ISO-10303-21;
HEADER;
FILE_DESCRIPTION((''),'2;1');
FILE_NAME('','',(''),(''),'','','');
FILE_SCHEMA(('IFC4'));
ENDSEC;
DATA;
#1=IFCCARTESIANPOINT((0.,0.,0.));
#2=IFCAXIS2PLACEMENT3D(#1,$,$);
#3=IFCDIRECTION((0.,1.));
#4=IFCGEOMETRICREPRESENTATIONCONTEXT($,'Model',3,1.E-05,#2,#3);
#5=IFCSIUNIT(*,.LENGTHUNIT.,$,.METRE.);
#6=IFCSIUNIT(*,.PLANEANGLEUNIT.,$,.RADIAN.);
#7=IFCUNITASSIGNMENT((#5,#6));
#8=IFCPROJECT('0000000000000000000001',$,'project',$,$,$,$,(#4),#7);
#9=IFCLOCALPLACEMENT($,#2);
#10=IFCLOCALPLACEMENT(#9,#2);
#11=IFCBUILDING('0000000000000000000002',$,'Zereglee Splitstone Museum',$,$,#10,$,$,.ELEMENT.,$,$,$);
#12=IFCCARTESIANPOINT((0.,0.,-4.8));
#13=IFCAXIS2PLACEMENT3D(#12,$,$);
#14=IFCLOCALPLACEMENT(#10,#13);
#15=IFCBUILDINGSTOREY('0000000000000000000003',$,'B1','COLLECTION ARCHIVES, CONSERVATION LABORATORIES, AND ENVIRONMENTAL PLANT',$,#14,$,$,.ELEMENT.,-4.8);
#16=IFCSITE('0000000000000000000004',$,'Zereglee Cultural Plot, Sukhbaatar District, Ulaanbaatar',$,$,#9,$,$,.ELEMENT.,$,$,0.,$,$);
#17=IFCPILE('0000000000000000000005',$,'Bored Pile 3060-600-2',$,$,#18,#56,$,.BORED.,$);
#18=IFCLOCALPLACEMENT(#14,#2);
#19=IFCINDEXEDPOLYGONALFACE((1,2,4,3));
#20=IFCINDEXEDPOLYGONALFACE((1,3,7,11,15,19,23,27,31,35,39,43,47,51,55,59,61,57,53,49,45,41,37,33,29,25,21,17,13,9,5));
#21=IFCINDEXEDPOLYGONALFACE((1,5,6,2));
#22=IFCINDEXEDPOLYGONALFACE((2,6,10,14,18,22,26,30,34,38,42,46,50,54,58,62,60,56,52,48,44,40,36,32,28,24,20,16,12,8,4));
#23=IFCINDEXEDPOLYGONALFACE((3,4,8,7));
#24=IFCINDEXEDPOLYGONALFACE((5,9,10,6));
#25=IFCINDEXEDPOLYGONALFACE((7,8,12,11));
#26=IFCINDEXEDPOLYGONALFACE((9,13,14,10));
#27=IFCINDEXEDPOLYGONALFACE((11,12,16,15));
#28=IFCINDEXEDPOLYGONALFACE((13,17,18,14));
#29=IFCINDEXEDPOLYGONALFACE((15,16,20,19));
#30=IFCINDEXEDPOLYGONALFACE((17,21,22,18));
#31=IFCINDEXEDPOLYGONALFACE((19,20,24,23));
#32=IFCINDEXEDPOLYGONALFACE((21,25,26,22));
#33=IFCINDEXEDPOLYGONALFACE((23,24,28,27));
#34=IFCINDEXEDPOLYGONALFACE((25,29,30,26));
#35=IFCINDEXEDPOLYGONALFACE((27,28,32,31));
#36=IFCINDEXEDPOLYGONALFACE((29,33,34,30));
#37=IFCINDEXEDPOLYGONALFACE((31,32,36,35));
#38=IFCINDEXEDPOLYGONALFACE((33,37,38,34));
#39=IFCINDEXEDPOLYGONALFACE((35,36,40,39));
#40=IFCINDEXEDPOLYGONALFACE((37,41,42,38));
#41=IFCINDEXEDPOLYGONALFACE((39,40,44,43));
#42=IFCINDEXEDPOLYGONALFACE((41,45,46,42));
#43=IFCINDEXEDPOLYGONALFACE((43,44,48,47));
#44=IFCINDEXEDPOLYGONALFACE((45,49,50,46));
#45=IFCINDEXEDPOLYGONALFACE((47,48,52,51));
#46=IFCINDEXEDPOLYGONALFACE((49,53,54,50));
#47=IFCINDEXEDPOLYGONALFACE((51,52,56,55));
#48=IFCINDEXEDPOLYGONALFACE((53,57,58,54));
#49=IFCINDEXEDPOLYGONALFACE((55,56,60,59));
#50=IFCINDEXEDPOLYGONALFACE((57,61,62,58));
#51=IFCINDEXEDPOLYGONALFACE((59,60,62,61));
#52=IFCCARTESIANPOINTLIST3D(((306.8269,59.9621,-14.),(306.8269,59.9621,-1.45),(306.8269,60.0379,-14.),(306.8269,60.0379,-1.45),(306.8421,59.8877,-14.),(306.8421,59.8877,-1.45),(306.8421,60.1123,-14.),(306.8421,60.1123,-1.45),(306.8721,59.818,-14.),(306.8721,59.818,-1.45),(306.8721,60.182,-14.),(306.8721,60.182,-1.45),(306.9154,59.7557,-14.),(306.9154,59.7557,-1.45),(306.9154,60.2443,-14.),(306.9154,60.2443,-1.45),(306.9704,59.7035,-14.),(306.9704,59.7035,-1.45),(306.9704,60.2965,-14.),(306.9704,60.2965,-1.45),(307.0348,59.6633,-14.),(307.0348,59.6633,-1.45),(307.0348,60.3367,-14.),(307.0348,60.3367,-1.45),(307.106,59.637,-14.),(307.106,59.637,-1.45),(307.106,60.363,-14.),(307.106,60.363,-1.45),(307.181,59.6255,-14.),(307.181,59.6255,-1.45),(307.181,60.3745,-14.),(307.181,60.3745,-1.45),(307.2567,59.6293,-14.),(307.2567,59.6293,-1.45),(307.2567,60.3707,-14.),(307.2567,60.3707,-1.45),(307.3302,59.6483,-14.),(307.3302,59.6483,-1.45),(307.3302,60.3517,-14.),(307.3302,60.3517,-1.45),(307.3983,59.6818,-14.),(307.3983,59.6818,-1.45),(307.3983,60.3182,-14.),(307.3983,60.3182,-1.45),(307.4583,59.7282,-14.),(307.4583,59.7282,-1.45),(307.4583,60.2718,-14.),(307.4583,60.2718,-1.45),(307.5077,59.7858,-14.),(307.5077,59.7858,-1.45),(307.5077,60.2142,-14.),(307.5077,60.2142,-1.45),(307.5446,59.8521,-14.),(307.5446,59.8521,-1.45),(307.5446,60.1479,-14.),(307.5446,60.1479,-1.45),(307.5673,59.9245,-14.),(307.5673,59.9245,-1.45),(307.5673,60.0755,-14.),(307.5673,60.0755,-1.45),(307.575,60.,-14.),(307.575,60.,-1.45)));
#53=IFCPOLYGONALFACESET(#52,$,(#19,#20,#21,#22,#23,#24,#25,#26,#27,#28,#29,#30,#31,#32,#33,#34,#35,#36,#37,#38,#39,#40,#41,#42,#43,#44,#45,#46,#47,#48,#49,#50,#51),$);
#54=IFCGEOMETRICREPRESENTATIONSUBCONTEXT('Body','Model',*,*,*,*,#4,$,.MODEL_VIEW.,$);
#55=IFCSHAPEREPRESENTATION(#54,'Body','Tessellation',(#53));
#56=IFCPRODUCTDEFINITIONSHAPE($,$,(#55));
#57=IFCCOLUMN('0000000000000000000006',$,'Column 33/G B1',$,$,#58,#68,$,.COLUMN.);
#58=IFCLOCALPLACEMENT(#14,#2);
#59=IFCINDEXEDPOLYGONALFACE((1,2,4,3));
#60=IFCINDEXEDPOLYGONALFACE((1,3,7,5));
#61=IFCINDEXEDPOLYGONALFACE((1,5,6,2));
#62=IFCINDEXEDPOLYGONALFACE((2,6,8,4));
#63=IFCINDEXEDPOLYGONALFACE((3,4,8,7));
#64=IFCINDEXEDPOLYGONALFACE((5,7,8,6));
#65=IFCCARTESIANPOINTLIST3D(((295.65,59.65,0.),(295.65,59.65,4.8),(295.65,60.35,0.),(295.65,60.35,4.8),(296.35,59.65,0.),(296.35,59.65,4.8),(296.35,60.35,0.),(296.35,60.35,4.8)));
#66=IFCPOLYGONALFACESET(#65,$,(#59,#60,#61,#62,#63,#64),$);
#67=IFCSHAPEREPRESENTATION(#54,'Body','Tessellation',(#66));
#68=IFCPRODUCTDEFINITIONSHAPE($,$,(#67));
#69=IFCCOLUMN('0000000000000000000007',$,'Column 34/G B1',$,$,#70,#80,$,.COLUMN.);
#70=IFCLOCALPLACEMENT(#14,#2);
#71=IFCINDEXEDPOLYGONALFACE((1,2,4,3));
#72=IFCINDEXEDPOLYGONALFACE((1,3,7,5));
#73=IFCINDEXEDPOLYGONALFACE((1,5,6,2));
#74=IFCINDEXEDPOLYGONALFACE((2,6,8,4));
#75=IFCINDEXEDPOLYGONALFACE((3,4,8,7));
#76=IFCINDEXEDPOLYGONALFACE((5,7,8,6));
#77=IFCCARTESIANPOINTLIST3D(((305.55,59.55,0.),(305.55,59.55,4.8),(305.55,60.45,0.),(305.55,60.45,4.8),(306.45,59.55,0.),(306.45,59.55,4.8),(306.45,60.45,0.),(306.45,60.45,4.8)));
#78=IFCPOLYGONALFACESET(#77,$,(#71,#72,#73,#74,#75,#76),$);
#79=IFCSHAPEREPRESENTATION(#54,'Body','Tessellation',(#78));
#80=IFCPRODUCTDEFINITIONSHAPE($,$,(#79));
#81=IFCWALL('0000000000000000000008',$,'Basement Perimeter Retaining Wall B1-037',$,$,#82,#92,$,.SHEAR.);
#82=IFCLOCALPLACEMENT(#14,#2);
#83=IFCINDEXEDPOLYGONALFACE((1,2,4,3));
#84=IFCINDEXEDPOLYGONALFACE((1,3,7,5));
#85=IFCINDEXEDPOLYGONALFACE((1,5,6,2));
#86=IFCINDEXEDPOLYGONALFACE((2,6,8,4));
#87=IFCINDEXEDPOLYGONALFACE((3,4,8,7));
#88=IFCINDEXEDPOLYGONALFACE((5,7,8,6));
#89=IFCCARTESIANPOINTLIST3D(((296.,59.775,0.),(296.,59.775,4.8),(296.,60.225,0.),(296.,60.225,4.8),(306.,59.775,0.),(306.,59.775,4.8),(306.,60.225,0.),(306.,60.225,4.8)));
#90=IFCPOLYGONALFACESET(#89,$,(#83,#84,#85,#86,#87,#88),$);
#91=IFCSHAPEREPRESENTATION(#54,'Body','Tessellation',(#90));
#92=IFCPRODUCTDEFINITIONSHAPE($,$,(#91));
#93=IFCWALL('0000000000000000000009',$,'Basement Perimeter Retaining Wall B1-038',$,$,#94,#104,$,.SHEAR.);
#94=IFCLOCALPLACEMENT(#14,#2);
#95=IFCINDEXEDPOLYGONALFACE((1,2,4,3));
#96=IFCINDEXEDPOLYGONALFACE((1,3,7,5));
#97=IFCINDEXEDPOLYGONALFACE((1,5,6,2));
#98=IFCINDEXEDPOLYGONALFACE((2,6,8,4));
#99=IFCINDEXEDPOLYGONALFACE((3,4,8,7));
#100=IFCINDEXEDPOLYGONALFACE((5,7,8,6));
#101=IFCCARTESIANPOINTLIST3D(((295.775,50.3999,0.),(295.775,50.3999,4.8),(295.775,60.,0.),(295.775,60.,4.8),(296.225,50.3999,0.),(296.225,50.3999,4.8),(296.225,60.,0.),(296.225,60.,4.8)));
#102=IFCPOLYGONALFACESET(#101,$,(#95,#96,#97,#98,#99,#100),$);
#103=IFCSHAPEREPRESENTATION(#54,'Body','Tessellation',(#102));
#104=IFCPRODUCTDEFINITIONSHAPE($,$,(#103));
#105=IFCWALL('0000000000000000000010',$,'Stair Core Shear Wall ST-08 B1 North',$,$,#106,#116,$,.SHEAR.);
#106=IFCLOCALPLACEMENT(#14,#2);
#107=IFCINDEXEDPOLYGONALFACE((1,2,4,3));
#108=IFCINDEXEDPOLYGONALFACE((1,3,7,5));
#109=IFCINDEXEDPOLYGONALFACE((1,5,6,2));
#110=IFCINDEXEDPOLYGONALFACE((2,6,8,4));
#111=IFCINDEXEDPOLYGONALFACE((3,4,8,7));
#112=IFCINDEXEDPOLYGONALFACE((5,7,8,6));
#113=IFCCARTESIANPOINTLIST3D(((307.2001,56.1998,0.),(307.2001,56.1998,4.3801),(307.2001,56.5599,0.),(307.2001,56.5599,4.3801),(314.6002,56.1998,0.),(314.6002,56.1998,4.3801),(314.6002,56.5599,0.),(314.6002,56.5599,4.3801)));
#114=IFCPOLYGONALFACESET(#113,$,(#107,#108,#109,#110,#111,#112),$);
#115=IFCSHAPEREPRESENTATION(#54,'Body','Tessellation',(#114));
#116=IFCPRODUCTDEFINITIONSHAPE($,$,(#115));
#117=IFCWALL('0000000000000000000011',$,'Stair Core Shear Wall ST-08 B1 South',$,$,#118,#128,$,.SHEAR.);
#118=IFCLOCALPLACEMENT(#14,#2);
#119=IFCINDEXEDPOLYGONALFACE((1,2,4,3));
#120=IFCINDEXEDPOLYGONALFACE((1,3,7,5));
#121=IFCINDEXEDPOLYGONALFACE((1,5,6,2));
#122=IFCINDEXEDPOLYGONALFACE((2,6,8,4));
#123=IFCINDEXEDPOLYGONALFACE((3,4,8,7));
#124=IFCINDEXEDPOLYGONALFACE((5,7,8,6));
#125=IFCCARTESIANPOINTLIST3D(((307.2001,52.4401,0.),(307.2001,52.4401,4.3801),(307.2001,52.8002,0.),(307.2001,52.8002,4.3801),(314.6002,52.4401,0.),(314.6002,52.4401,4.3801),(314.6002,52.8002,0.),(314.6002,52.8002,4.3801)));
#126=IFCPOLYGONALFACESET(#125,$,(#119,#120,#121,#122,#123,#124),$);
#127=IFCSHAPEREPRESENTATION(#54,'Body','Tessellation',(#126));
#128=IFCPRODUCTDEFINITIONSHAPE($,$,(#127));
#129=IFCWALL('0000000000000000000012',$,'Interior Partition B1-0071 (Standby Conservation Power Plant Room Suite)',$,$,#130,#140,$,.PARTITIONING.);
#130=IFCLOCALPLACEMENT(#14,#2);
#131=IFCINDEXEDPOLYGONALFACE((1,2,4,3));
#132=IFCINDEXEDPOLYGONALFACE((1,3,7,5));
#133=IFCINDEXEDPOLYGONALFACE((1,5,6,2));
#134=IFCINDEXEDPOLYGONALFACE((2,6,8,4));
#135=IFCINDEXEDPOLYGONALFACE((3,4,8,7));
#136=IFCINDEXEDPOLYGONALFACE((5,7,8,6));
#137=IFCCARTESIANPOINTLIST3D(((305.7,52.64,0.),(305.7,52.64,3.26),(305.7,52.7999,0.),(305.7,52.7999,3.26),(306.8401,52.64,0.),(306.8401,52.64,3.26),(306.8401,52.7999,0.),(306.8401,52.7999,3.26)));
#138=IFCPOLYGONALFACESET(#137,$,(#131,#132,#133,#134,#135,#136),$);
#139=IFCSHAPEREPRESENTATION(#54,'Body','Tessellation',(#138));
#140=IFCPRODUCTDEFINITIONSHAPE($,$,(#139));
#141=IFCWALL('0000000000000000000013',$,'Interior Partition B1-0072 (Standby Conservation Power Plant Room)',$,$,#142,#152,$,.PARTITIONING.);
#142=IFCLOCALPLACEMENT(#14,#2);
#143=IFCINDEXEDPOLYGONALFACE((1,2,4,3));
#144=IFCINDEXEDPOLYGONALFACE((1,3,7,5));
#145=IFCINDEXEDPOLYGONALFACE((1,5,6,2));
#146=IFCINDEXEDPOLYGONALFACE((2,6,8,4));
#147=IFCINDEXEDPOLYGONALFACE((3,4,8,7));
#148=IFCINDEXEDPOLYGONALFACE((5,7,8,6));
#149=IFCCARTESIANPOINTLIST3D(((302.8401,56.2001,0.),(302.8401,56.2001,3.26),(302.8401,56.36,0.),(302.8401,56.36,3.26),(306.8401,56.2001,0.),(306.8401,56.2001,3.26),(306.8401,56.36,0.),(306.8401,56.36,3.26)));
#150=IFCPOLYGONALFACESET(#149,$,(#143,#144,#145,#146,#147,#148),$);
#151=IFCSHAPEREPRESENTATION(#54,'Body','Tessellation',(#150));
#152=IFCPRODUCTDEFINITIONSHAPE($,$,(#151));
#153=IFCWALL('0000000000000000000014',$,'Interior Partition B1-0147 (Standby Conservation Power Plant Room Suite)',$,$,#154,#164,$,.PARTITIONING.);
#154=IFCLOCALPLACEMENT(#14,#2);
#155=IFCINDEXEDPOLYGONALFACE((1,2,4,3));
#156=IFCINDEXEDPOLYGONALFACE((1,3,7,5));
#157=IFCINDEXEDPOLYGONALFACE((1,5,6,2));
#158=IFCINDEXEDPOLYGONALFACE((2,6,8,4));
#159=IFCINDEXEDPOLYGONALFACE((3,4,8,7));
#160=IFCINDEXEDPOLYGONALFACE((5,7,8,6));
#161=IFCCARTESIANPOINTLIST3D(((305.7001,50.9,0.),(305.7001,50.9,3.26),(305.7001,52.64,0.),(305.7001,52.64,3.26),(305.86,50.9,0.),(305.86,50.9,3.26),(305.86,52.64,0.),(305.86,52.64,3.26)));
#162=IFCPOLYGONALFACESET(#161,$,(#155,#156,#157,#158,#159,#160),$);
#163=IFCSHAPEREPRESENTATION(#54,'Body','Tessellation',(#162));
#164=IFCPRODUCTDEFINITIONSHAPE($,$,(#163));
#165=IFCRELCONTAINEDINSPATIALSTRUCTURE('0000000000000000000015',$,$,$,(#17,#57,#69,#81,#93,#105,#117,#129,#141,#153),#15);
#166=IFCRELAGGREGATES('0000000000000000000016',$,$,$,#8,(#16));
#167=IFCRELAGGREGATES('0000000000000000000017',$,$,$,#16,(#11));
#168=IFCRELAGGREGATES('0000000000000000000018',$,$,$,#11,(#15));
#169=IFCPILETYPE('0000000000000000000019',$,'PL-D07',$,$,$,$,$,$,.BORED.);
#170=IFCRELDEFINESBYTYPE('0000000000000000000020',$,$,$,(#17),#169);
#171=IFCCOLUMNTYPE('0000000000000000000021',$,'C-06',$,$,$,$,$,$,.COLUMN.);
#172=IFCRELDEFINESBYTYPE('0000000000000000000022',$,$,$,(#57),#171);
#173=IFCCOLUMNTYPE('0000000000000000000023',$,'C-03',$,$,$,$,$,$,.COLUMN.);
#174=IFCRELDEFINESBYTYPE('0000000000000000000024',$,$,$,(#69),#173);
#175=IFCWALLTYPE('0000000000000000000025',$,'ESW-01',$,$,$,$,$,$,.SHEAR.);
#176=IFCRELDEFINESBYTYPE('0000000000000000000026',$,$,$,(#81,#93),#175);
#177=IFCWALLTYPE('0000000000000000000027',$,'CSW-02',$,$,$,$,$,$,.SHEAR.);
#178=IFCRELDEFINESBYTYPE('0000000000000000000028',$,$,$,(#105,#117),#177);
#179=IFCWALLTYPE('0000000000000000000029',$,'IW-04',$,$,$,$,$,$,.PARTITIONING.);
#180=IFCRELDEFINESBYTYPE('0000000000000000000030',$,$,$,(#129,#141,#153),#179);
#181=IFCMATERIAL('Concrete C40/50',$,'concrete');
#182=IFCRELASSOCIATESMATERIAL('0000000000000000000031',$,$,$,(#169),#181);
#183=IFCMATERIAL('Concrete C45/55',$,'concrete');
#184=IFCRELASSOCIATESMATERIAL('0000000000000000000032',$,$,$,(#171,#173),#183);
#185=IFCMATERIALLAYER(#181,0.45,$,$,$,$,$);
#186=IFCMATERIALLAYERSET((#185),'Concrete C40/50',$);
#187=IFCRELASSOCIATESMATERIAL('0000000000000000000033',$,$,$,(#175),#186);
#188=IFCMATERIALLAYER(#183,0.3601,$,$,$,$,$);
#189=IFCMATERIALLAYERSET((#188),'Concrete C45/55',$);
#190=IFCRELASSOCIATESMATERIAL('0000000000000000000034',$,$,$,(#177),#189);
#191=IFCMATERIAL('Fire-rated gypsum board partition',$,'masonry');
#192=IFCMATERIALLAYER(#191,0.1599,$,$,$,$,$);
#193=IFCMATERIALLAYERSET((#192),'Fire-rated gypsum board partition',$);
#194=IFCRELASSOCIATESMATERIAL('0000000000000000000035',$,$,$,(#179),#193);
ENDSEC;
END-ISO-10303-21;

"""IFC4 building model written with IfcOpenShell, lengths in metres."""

from ifc_helpers import new_model, si_unit, direction, frame, frame_2d, origin, origin_2d, place, context, subcontext, project, spatial, rectangle, circle, extrude, material, layer, layer_set, material_profile, profile_set, type_object, element, save


model = new_model("IFC4")

# Units and contexts
model_context = context("Model", 3, precision=1e-05, world=origin(), true_north=direction((0.0, 1.0)))
body_context = subcontext(model_context, "Body", "Model", "MODEL_VIEW")
ifc_project = project(units=[si_unit("LENGTHUNIT", "METRE"), si_unit("PLANEANGLEUNIT", "RADIAN")], contexts=[model_context])

# Site, building, storey
site_placement = place(None, origin())
site = spatial("IfcSite", under=ifc_project, at=site_placement, Name="Zereglee Cultural Plot, Sukhbaatar District, Ulaanbaatar", CompositionType="ELEMENT", RefElevation=0.0)
building_placement = place(site_placement, origin())
building = spatial("IfcBuilding", under=site, at=building_placement, Name="Zereglee Splitstone Museum", CompositionType="ELEMENT")
storey_placement = place(building_placement, frame((0.0, 0.0, -4.8)))
storey = spatial("IfcBuildingStorey", under=building, at=storey_placement, Name="B1", Description="COLLECTION ARCHIVES, CONSERVATION LABORATORIES, AND ENVIRONMENTAL PLANT", CompositionType="ELEMENT", Elevation=-4.8)

# Shared definitions
ifc_material_1 = material(Name="Concrete C40/50", Category="concrete")

# Pile
ifc_material_profile_1 = material_profile(ifc_material_1, circle(Radius=0.375, at=origin_2d()), Name="PILE D750")
ifc_profile_set_1 = profile_set([ifc_material_profile_1], Name="Concrete C40/50")
pile_type = type_object("IfcPileType", Name="PL-D07", PredefinedType="BORED", material=ifc_profile_set_1)
for number, where, z_axis, x_axis, name in (
    (1, (307.2, 60.0, -1.45), (0.0, 0.0, -1.0), (1.0, 0.0, 0.0), "Bored Pile 3060-600-2"),
):
    element("IfcPile", number, at=place(storey_placement, frame(where, z_axis=z_axis, x_axis=x_axis)), inside=storey, type_object=pile_type, Name=name, PredefinedType="BORED", context=body_context, shape_type="SweptSolid", body=[
        extrude(circle(Radius=0.375, at=origin_2d()), origin(), (0.0, 0.0, 1.0), 12.55),
    ])

# Columns
ifc_material_2 = material(Name="Concrete C45/55", Category="concrete")
ifc_material_profile_2 = material_profile(ifc_material_2, rectangle(XDim=0.7, YDim=0.7, at=origin_2d()), Name="RC 700x700")
ifc_profile_set_2 = profile_set([ifc_material_profile_2], Name="Concrete C45/55")
column_type_1 = type_object("IfcColumnType", Name="C-06", PredefinedType="COLUMN", material=ifc_profile_set_2)
column_1_placement = place(storey_placement, frame((296.0, 60.0, 0.0), z_axis=(0.0, 0.0, 1.0), x_axis=(1.0, 0.0, 0.0)))
element("IfcColumn", 2, at=column_1_placement, inside=storey, type_object=column_type_1, Name="Column 33/G B1", PredefinedType="COLUMN", context=body_context, shape_type="SweptSolid", body=[
    extrude(rectangle(XDim=0.7, YDim=0.7, at=origin_2d()), origin(), (0.0, 0.0, 1.0), 4.8),
])
ifc_material_profile_3 = material_profile(ifc_material_2, rectangle(XDim=0.8999, YDim=0.8999, at=origin_2d()), Name="RC 900x900")
ifc_profile_set_3 = profile_set([ifc_material_profile_3], Name="Concrete C45/55")
column_type_2 = type_object("IfcColumnType", Name="C-03", PredefinedType="COLUMN", material=ifc_profile_set_3)
column_2_placement = place(storey_placement, frame((306.0, 60.0, 0.0), z_axis=(0.0, 0.0, 1.0), x_axis=(1.0, 0.0, 0.0)))
element("IfcColumn", 3, at=column_2_placement, inside=storey, type_object=column_type_2, Name="Column 34/G B1", PredefinedType="COLUMN", context=body_context, shape_type="SweptSolid", body=[
    extrude(rectangle(XDim=0.8999, YDim=0.8999, at=origin_2d()), origin(), (0.0, 0.0, 1.0), 4.8),
])

# Walls
ifc_layer_1 = layer(ifc_material_1, 0.45)
ifc_layer_set_1 = layer_set([ifc_layer_1], Name="Concrete C40/50")
wall_type_1 = type_object("IfcWallType", Name="ESW-01", PredefinedType="SHEAR", material=ifc_layer_set_1)
wall_1_placement = place(storey_placement, frame((306.0, 60.0, 0.0), z_axis=(0.0, 0.0, 1.0), x_axis=(-1.0, 0.0, 0.0)))
element("IfcWall", 4, at=wall_1_placement, inside=storey, type_object=wall_type_1, Name="Basement Perimeter Retaining Wall B1-037", PredefinedType="SHEAR", context=body_context, shape_type="SweptSolid", body=[
    extrude(rectangle(XDim=10.0, YDim=0.45, at=frame_2d((5.0, 0.0))), origin(), (0.0, 0.0, 1.0), 4.8),
])
wall_2_placement = place(storey_placement, frame((296.0, 60.0, 0.0), z_axis=(0.0, 0.0, 1.0), x_axis=(0.0, -1.0, 0.0)))
element("IfcWall", 5, at=wall_2_placement, inside=storey, type_object=wall_type_1, Name="Basement Perimeter Retaining Wall B1-038", PredefinedType="SHEAR", context=body_context, shape_type="SweptSolid", body=[
    extrude(rectangle(XDim=9.6001, YDim=0.45, at=frame_2d((4.8, 0.0))), origin(), (0.0, 0.0, 1.0), 4.8),
])

# Shared definitions
ifc_layer_2 = layer(ifc_material_2, 0.3601)
ifc_layer_set_2 = layer_set([ifc_layer_2], Name="Concrete C45/55")
wall_type_2 = type_object("IfcWallType", Name="CSW-02", PredefinedType="SHEAR", material=ifc_layer_set_2)

# Walls
for number, where, z_axis, x_axis, name in (
    (6, (307.2, 56.3799, 0.0), (0.0, 0.0, 1.0), (1.0, 0.0, 0.0), "Stair Core Shear Wall ST-08 B1 North"),
    (7, (307.2, 52.6201, 0.0), (0.0, 0.0, 1.0), (1.0, 0.0, 0.0), "Stair Core Shear Wall ST-08 B1 South"),
):
    element("IfcWall", number, at=place(storey_placement, frame(where, z_axis=z_axis, x_axis=x_axis)), inside=storey, type_object=wall_type_2, Name=name, PredefinedType="SHEAR", context=body_context, shape_type="SweptSolid", body=[
        extrude(rectangle(XDim=7.4001, YDim=0.3601, at=frame_2d((3.7002, 0.0))), origin(), (0.0, 0.0, 1.0), 4.3801),
    ])
ifc_material_3 = material(Name="Fire-rated gypsum board partition", Category="masonry")
ifc_layer_3 = layer(ifc_material_3, 0.1599)
ifc_layer_set_3 = layer_set([ifc_layer_3], Name="Fire-rated gypsum board partition")
wall_type_3 = type_object("IfcWallType", Name="IW-04", PredefinedType="PARTITIONING", material=ifc_layer_set_3)
wall_3_placement = place(storey_placement, frame((305.7, 52.72, 0.0), z_axis=(0.0, 0.0, 1.0), x_axis=(1.0, 0.0, 0.0)))
element("IfcWall", 8, at=wall_3_placement, inside=storey, type_object=wall_type_3, Name="Interior Partition B1-0071 (Standby Conservation Power Plant Room Suite)", PredefinedType="PARTITIONING", context=body_context, shape_type="SweptSolid", body=[
    extrude(rectangle(XDim=1.1401, YDim=0.1599, at=frame_2d((0.5701, 0.0))), origin(), (0.0, 0.0, 1.0), 3.26),
])
wall_4_placement = place(storey_placement, frame((302.8401, 56.28, 0.0), z_axis=(0.0, 0.0, 1.0), x_axis=(1.0, 0.0, 0.0)))
element("IfcWall", 9, at=wall_4_placement, inside=storey, type_object=wall_type_3, Name="Interior Partition B1-0072 (Standby Conservation Power Plant Room)", PredefinedType="PARTITIONING", context=body_context, shape_type="SweptSolid", body=[
    extrude(rectangle(XDim=4.0, YDim=0.1599, at=frame_2d((2.0, 0.0))), origin(), (0.0, 0.0, 1.0), 3.26),
])
wall_5_placement = place(storey_placement, frame((305.78, 50.8999, 0.0), z_axis=(0.0, 0.0, 1.0), x_axis=(0.0, 1.0, 0.0)))
element("IfcWall", 10, at=wall_5_placement, inside=storey, type_object=wall_type_3, Name="Interior Partition B1-0147 (Standby Conservation Power Plant Room Suite)", PredefinedType="PARTITIONING", context=body_context, shape_type="SweptSolid", body=[
    extrude(rectangle(XDim=1.74, YDim=0.1599, at=frame_2d((0.8701, 0.0))), origin(), (0.0, 0.0, 1.0), 3.26),
])

save(model, "model.ifc")
